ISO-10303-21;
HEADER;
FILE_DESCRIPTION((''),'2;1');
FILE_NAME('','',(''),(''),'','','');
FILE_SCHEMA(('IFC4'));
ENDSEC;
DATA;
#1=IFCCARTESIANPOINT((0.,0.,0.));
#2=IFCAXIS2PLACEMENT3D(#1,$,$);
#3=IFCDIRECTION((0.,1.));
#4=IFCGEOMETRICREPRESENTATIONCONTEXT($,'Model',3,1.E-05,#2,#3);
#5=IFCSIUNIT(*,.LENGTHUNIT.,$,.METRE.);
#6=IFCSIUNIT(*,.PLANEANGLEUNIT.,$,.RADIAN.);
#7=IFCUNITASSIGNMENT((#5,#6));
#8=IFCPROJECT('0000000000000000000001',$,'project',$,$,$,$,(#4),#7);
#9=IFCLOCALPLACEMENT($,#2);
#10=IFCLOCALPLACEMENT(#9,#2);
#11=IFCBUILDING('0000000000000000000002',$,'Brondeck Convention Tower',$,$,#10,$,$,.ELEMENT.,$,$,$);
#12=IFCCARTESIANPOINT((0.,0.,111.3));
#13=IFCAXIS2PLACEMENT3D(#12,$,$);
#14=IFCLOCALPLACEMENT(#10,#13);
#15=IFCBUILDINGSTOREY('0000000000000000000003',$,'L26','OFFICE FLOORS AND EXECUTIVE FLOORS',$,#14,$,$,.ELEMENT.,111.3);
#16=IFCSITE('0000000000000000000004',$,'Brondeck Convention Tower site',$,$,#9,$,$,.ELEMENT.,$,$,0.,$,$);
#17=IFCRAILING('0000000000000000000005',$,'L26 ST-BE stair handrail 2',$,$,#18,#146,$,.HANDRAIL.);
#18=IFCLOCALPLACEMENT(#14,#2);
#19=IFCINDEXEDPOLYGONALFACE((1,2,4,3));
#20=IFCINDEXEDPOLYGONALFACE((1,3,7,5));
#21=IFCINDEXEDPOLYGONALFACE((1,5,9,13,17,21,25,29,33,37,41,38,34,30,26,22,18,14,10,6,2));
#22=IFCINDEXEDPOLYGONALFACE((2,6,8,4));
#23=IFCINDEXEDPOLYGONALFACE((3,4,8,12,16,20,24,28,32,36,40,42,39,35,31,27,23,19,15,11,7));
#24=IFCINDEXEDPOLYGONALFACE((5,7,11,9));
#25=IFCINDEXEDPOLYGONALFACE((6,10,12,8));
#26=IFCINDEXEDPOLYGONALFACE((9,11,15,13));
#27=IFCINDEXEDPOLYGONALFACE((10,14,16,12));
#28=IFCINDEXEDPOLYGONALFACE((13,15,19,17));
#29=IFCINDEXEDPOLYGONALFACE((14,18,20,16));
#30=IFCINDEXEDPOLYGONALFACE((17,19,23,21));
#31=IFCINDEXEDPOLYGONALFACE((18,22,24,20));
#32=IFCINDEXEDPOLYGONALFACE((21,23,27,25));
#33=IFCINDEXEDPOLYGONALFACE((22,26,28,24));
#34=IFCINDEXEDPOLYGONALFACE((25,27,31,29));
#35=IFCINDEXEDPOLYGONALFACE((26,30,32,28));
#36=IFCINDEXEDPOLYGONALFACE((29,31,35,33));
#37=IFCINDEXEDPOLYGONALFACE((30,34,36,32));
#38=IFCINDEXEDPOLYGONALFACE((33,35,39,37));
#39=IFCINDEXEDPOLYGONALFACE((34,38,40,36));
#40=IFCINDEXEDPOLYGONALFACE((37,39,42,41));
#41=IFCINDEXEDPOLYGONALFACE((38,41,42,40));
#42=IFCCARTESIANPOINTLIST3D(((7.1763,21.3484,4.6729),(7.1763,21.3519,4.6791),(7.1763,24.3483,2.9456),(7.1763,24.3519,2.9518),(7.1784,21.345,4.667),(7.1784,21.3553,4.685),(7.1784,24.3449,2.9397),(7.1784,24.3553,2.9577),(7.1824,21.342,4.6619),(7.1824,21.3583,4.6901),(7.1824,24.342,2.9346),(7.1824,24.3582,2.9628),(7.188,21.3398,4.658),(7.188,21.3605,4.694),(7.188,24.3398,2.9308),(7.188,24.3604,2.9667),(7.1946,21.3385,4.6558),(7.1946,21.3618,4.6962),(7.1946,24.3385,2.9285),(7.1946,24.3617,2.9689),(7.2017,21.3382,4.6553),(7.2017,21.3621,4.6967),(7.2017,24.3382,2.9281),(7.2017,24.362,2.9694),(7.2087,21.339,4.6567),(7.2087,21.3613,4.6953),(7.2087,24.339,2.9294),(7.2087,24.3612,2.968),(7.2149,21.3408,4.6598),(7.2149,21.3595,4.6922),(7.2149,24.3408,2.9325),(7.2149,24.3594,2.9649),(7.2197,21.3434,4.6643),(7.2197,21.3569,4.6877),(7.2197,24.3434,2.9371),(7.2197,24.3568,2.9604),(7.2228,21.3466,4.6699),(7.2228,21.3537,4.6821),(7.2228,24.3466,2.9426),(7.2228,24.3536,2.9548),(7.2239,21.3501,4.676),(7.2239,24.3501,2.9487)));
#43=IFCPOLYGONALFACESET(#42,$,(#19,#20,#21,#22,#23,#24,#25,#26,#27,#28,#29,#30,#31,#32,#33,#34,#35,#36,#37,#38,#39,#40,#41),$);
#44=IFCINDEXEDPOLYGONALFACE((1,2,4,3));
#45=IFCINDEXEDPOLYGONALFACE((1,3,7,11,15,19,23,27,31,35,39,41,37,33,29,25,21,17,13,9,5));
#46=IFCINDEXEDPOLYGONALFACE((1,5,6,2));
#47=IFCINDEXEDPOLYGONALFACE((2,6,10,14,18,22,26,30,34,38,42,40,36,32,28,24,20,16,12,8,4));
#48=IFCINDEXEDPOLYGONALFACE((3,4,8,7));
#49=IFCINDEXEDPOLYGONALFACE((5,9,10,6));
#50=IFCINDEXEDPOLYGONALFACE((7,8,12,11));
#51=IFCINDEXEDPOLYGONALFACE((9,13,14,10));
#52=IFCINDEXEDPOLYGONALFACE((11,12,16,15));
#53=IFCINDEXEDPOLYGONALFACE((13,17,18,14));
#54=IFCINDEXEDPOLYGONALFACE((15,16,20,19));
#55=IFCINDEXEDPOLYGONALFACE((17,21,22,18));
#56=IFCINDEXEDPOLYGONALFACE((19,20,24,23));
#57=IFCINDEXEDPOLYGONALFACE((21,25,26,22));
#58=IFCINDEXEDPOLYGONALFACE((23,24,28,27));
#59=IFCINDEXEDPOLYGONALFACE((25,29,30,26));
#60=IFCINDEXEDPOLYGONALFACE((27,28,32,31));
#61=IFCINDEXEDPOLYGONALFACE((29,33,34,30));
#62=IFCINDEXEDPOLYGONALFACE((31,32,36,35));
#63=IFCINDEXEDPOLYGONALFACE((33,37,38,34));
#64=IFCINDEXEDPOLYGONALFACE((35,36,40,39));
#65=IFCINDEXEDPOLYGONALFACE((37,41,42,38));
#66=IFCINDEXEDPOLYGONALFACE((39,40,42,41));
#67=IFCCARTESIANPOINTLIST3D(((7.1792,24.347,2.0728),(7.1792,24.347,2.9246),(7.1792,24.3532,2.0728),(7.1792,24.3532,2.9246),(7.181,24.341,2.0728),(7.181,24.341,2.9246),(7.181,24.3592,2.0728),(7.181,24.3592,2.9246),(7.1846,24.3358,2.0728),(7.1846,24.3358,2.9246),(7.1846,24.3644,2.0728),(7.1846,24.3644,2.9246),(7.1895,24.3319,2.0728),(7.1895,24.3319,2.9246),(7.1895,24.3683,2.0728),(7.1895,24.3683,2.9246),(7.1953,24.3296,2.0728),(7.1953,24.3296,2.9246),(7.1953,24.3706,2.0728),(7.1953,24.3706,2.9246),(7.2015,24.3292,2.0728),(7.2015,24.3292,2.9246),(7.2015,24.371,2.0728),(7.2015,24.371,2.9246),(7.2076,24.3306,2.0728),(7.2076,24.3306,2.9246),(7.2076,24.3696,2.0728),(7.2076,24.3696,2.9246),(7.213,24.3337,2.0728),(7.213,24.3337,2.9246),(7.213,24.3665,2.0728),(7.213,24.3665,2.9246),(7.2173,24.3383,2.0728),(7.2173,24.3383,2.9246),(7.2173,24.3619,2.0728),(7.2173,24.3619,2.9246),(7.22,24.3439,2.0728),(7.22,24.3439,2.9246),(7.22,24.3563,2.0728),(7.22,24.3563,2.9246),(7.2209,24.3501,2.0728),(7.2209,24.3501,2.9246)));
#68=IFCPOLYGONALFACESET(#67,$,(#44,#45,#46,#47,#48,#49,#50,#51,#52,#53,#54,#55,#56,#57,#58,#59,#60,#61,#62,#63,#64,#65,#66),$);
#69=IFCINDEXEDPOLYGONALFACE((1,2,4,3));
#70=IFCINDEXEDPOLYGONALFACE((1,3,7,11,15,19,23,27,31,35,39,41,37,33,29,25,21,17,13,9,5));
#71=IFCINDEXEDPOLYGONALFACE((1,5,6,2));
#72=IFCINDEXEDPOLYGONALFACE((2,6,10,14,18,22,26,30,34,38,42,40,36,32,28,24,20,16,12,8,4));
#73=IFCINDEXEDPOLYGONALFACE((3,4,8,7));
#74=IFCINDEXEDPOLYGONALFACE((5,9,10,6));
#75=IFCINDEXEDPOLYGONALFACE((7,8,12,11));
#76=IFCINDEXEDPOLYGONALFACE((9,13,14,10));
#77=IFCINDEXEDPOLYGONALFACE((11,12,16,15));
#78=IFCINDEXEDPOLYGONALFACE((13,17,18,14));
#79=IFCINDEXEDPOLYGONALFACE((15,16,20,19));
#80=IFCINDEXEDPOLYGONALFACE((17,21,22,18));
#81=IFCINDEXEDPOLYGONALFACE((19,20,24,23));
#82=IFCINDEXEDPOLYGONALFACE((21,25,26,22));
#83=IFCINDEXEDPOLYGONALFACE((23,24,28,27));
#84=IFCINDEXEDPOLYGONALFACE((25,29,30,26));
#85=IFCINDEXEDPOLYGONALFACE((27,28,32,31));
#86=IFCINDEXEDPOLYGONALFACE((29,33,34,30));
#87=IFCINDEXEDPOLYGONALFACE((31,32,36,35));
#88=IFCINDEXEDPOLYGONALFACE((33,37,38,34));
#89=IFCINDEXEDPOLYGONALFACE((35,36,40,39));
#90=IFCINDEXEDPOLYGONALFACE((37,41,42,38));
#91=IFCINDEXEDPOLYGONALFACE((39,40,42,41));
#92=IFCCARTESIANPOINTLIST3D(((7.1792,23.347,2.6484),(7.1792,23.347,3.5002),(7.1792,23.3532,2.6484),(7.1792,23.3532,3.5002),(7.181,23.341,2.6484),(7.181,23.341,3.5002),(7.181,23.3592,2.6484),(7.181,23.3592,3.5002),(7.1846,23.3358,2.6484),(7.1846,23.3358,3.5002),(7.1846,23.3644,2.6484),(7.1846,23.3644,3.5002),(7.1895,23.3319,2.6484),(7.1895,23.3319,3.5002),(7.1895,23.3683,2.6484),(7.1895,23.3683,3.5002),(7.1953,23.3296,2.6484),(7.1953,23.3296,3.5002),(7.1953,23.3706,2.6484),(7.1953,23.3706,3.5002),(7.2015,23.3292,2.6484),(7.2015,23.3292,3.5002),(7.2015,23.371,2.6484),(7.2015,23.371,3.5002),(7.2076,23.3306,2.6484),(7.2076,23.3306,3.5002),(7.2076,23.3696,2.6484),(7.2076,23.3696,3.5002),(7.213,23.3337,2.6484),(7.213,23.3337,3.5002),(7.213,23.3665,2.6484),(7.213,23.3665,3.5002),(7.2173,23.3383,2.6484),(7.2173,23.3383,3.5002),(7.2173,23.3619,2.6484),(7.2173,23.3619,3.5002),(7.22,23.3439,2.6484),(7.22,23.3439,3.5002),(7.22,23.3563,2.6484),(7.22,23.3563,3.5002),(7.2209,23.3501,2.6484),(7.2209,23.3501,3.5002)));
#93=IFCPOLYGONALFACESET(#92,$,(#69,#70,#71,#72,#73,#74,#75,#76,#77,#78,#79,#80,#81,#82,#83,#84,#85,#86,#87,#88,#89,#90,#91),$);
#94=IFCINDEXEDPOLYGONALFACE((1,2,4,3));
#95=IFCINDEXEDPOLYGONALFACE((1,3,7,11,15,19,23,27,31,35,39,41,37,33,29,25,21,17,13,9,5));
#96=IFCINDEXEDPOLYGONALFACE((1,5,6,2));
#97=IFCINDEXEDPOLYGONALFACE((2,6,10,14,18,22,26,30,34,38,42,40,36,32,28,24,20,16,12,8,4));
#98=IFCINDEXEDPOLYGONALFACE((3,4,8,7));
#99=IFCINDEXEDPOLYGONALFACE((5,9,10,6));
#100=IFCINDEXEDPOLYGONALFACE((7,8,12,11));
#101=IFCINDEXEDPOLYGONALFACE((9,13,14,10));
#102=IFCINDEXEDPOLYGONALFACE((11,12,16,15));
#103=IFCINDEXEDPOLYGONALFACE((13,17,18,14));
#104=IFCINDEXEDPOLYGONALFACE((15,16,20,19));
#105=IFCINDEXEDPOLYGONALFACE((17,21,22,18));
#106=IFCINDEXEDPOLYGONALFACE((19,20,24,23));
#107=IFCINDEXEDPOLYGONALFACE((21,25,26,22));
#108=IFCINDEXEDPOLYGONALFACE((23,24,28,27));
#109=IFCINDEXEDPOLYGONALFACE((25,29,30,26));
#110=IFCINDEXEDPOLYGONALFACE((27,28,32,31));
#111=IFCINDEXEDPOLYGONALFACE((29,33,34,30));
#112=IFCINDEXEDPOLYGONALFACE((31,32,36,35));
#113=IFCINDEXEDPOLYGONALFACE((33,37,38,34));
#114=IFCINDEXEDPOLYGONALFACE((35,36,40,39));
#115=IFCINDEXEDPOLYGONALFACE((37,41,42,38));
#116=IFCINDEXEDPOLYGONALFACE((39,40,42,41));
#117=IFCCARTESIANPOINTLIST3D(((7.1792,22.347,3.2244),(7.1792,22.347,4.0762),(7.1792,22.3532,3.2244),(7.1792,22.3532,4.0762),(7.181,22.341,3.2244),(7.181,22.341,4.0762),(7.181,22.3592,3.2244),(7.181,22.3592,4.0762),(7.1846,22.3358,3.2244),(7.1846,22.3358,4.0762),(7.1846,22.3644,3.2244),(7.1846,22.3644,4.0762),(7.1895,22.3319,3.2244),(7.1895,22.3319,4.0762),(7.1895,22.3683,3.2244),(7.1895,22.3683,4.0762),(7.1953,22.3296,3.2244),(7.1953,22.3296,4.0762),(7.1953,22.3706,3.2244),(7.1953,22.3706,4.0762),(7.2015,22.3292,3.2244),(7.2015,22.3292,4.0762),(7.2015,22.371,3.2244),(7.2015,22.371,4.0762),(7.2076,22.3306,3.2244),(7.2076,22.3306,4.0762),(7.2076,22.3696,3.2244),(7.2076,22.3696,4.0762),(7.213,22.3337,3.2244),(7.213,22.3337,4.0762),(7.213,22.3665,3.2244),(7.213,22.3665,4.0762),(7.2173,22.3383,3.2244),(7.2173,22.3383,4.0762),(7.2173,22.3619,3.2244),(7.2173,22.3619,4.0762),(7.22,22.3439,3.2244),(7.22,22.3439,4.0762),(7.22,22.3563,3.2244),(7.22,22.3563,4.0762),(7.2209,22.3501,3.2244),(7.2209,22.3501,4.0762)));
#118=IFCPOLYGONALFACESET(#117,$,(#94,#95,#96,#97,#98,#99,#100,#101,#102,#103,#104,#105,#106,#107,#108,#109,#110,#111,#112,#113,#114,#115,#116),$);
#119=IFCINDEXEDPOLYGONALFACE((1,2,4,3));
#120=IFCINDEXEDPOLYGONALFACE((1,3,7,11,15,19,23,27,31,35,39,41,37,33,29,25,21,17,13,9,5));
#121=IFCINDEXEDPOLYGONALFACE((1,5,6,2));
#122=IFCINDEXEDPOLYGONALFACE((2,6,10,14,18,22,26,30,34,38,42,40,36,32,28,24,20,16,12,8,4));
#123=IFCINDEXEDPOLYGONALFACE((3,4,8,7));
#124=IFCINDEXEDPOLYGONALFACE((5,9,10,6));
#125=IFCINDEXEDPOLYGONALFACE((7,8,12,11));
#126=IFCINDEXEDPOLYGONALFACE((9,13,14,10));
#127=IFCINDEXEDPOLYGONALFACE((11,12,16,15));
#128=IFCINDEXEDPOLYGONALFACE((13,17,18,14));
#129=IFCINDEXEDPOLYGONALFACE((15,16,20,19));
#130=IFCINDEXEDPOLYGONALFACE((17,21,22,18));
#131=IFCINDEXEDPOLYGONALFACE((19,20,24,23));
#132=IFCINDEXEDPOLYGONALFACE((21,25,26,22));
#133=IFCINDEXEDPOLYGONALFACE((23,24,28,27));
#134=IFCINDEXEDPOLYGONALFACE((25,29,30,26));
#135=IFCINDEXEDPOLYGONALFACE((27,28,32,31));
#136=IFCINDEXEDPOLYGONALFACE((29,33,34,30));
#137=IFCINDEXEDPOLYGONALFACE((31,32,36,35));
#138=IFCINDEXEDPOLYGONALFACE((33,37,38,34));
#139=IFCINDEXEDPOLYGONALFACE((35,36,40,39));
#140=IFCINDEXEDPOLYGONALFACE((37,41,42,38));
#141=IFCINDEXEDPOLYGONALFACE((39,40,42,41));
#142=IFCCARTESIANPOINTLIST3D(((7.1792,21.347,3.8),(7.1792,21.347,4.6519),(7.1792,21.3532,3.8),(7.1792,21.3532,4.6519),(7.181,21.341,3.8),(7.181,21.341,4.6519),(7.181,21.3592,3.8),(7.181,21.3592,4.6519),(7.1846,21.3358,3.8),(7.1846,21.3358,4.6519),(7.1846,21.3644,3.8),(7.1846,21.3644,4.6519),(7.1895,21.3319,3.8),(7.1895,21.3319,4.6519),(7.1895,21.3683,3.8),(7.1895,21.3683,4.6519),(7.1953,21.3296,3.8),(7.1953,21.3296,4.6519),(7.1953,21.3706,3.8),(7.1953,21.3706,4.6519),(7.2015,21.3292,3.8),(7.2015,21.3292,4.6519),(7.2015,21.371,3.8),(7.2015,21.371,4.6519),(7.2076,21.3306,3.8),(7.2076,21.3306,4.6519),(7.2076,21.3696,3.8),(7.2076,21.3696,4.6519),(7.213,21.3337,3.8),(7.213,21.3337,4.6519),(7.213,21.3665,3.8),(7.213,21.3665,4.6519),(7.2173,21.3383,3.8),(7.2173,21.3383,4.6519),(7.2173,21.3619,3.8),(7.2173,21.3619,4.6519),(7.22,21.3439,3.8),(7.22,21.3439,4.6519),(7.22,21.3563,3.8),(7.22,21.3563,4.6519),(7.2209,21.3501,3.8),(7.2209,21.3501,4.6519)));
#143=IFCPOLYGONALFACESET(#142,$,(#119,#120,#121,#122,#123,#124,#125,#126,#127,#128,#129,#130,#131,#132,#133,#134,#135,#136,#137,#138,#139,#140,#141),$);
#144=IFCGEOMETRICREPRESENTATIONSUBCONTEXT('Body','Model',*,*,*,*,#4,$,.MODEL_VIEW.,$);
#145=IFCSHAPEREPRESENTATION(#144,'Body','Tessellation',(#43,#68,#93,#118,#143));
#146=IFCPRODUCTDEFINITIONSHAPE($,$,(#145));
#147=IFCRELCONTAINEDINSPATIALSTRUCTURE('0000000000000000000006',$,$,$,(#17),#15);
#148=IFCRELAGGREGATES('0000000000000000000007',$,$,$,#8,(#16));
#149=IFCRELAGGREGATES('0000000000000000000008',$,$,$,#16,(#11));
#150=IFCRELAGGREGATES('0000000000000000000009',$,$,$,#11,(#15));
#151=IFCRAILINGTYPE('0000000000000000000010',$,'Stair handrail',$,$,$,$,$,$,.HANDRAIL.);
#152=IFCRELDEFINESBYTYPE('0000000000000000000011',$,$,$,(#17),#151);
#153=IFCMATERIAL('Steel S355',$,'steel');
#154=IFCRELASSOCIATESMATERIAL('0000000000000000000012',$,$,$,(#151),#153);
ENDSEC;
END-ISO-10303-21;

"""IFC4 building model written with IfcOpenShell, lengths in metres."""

from ifc_helpers import new_model, si_unit, direction, frame, origin, origin_2d, place, context, subcontext, project, spatial, circle, extrude, material, type_object, element, save


model = new_model("IFC4")

# Units and contexts
model_context = context("Model", 3, precision=1e-05, world=origin(), true_north=direction((0.0, 1.0)))
body_context = subcontext(model_context, "Body", "Model", "MODEL_VIEW")
ifc_project = project(units=[si_unit("LENGTHUNIT", "METRE"), si_unit("PLANEANGLEUNIT", "RADIAN")], contexts=[model_context])

# Site, building, storey
site_placement = place(None, origin())
site = spatial("IfcSite", under=ifc_project, at=site_placement, Name="Brondeck Convention Tower site", CompositionType="ELEMENT", RefElevation=0.0)
building_placement = place(site_placement, origin())
building = spatial("IfcBuilding", under=site, at=building_placement, Name="Brondeck Convention Tower", CompositionType="ELEMENT")
storey_placement = place(building_placement, frame((0.0, 0.0, 111.3)))
storey = spatial("IfcBuildingStorey", under=building, at=storey_placement, Name="L26", Description="OFFICE FLOORS AND EXECUTIVE FLOORS", CompositionType="ELEMENT", Elevation=111.3)

# Shared definitions
ifc_material_1 = material(Name="Steel S355", Category="steel")

# Railing
railing_type_1 = type_object("IfcRailingType", Name="Stair handrail", PredefinedType="HANDRAIL", material=ifc_material_1)
railing_1_placement = place(storey_placement, frame((7.2, 24.3501, 2.0728)))
element("IfcRailing", 1, at=railing_1_placement, inside=storey, type_object=railing_type_1, Name="L26 ST-BE stair handrail 2", PredefinedType="HANDRAIL", context=body_context, shape_type="SweptSolid", body=[
    extrude(circle(Radius=0.0239, at=origin_2d()), frame((0.0, 0.0, 0.876), z_axis=(0.0, -0.86662, 0.498969), x_axis=(1.0, 0.0, 0.0)), (0.0, 0.0, 1.0), 3.4617),
    extrude(circle(Radius=0.021, at=origin_2d()), origin(), (0.0, 0.0, 1.0), 0.8518),
    extrude(circle(Radius=0.021, at=origin_2d()), frame((0.0, -1.0, 0.5757)), (0.0, 0.0, 1.0), 0.8518),
    extrude(circle(Radius=0.021, at=origin_2d()), frame((0.0, -2.0, 1.1516)), (0.0, 0.0, 1.0), 0.8518),
    extrude(circle(Radius=0.021, at=origin_2d()), frame((0.0, -3.0, 1.7273)), (0.0, 0.0, 1.0), 0.8518),
])

save(model, "model.ifc")
